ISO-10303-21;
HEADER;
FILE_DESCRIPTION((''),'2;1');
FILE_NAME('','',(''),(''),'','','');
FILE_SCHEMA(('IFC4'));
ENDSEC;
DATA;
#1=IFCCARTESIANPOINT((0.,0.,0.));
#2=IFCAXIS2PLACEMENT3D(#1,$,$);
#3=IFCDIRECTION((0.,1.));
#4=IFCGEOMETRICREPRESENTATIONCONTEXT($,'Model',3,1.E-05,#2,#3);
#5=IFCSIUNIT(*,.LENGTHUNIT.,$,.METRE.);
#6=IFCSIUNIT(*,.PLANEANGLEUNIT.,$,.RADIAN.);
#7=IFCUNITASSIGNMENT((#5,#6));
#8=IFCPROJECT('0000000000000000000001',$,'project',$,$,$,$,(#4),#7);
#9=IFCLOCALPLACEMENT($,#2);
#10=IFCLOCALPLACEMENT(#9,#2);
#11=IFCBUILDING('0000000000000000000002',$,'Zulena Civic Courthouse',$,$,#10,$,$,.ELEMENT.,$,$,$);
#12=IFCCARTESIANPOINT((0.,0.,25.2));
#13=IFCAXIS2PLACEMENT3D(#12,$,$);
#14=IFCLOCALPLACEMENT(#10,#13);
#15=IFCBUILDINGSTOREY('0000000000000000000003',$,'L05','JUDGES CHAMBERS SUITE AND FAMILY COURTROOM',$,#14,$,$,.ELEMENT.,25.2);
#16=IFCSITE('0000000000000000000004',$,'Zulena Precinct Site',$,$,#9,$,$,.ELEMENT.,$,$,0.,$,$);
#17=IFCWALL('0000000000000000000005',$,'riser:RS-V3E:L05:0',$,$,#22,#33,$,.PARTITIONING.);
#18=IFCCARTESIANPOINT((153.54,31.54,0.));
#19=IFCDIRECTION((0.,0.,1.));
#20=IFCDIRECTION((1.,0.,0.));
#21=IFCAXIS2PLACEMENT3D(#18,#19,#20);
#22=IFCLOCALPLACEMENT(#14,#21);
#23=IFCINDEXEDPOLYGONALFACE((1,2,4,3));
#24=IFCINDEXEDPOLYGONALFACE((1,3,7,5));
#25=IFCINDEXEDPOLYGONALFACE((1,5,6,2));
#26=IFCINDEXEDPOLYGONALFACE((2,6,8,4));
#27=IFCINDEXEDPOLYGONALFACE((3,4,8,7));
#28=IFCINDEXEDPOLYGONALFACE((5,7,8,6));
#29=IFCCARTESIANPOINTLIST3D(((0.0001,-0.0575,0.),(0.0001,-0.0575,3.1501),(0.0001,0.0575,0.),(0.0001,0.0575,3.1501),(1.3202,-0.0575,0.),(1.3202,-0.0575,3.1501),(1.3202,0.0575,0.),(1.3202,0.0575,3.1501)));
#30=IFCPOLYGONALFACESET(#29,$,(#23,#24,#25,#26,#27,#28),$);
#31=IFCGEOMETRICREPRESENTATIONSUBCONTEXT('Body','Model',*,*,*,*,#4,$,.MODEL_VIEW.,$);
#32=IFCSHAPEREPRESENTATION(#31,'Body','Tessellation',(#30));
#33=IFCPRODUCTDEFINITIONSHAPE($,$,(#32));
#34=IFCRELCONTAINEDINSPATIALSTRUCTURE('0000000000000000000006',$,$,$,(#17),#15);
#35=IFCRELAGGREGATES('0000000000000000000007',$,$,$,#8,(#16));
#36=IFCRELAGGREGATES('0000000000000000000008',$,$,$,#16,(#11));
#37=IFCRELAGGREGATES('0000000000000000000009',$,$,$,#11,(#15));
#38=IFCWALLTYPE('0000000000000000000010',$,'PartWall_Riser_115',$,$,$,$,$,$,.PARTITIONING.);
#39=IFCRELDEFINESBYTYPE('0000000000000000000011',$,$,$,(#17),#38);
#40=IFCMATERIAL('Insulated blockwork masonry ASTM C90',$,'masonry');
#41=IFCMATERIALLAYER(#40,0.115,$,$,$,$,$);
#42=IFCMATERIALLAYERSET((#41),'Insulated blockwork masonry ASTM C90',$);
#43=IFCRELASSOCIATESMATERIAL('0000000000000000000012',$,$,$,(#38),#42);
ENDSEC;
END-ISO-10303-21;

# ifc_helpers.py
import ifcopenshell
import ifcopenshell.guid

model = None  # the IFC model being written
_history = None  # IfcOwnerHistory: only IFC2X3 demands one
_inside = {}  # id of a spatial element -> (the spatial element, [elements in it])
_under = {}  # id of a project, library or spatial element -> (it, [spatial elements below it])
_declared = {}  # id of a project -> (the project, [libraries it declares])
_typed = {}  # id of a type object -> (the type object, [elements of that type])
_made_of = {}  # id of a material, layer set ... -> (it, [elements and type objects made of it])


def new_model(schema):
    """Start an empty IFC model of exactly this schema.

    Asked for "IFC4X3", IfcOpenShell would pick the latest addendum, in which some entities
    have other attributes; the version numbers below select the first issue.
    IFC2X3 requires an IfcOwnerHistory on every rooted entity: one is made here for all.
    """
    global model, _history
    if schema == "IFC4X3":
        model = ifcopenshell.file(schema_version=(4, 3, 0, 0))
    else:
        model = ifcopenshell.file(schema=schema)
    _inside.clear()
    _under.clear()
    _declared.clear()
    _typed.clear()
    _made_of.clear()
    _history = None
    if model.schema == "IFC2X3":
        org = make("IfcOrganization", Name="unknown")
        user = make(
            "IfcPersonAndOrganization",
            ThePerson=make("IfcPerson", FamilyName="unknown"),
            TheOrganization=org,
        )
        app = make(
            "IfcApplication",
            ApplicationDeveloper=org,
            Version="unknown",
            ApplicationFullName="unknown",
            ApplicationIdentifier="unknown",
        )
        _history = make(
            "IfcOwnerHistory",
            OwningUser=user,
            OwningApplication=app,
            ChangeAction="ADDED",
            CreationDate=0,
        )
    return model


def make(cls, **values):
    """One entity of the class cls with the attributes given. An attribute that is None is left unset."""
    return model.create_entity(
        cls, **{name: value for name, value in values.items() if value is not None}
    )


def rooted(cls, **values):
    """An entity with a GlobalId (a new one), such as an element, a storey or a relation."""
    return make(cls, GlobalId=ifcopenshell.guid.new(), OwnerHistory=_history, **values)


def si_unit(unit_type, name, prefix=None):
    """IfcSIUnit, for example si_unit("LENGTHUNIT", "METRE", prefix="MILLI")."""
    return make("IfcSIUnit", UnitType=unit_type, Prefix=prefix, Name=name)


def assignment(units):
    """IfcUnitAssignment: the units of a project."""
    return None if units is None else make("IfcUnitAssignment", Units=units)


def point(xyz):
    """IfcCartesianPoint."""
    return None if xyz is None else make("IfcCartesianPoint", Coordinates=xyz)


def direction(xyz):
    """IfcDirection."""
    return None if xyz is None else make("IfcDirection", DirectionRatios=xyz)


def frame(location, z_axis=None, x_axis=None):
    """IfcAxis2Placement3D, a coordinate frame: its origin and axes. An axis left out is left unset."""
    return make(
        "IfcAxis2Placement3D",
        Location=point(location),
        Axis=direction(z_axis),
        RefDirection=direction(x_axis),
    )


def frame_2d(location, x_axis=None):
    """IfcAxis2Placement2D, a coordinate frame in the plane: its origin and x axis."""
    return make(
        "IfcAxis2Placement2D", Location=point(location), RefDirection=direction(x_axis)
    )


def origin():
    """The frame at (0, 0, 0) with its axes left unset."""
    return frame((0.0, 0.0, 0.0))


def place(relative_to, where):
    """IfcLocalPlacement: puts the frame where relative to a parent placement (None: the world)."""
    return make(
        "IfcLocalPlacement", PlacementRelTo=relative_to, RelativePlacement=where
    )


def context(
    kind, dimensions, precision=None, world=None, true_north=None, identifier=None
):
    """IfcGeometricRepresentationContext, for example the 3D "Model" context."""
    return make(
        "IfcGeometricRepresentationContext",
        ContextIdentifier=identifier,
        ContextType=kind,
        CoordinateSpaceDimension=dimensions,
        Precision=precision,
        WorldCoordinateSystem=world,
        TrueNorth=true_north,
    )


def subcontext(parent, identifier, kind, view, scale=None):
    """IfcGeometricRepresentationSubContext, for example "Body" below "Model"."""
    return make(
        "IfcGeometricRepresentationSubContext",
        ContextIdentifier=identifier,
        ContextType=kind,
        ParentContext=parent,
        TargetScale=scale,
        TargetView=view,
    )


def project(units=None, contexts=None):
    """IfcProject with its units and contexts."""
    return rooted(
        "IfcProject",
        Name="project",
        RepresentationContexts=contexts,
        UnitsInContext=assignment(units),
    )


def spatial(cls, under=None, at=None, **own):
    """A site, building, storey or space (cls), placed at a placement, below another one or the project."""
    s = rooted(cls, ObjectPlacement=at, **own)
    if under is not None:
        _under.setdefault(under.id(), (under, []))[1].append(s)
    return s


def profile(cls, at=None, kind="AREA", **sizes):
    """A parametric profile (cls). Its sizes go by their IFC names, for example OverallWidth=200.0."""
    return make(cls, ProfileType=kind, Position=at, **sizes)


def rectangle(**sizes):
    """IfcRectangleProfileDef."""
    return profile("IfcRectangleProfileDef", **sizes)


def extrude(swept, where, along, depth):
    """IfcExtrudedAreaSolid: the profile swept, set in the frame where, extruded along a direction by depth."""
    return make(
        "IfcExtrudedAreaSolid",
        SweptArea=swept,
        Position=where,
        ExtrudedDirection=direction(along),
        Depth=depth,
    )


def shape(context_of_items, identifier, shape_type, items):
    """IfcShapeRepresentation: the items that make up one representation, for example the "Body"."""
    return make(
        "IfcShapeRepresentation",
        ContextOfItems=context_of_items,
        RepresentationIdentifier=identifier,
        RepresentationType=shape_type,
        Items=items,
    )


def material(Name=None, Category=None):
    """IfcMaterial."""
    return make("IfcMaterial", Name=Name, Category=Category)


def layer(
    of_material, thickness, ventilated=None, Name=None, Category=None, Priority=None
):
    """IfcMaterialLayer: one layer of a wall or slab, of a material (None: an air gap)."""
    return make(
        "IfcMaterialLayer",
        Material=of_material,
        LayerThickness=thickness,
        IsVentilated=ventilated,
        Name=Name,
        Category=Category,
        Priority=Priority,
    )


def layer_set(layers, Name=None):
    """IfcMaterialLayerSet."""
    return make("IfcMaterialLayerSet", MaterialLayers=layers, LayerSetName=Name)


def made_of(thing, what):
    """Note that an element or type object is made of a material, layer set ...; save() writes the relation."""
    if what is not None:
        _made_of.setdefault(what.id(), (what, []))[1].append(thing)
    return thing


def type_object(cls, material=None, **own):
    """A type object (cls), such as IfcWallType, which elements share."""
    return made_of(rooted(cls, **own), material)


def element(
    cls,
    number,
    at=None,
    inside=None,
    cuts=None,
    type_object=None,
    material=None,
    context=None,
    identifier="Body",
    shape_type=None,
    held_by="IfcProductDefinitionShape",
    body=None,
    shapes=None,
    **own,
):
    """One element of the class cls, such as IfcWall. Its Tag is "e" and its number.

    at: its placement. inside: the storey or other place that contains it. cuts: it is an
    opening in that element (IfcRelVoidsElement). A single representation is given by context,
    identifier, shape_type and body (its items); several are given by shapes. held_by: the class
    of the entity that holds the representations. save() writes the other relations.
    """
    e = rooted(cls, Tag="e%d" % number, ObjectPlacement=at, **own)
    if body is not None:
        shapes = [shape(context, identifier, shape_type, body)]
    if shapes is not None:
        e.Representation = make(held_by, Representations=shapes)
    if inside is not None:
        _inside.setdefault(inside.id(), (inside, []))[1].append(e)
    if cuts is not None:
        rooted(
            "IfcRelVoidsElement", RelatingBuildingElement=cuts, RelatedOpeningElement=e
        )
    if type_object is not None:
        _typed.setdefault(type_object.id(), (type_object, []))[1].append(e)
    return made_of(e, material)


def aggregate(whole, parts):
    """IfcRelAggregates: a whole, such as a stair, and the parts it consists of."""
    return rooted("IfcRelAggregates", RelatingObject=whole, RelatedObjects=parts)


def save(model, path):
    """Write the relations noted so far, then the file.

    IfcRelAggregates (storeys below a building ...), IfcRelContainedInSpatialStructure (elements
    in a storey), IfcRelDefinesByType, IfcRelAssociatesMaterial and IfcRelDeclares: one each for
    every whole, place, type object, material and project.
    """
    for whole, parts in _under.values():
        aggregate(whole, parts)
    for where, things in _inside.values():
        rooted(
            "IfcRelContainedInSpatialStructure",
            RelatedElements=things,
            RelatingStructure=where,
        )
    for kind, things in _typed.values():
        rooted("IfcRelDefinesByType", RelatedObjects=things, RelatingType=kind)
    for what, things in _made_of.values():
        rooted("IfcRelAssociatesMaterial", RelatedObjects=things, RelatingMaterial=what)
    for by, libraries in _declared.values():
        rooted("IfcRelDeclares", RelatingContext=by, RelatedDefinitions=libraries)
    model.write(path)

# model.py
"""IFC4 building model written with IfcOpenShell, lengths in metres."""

from ifc_helpers import new_model, si_unit, direction, frame, frame_2d, origin, place, context, subcontext, project, spatial, rectangle, extrude, material, layer, layer_set, type_object, element, save


model = new_model("IFC4")

# Units and contexts
model_context = context("Model", 3, precision=1e-05, world=origin(), true_north=direction((0.0, 1.0)))
body_context = subcontext(model_context, "Body", "Model", "MODEL_VIEW")
ifc_project = project(units=[si_unit("LENGTHUNIT", "METRE"), si_unit("PLANEANGLEUNIT", "RADIAN")], contexts=[model_context])

# Site, building, storey
site_placement = place(None, origin())
site = spatial("IfcSite", under=ifc_project, at=site_placement, Name="Zulena Precinct Site", CompositionType="ELEMENT", RefElevation=0.0)
building_placement = place(site_placement, origin())
building = spatial("IfcBuilding", under=site, at=building_placement, Name="Zulena Civic Courthouse", CompositionType="ELEMENT")
storey_placement = place(building_placement, frame((0.0, 0.0, 25.2)))
storey = spatial("IfcBuildingStorey", under=building, at=storey_placement, Name="L05", Description="JUDGES CHAMBERS SUITE AND FAMILY COURTROOM", CompositionType="ELEMENT", Elevation=25.2)

# Wall
ifc_material_1 = material(Name="Insulated blockwork masonry ASTM C90", Category="masonry")
ifc_layer_1 = layer(ifc_material_1, 0.115)
ifc_layer_set_1 = layer_set([ifc_layer_1], Name="Insulated blockwork masonry ASTM C90")
wall_type_1 = type_object("IfcWallType", Name="PartWall_Riser_115", PredefinedType="PARTITIONING", material=ifc_layer_set_1)
for number, where, z_axis, x_axis, name in (
    (1, (153.54, 31.54, 0.0), (0.0, 0.0, 1.0), (1.0, 0.0, 0.0), "riser:RS-V3E:L05:0"),
):
    element("IfcWall", number, at=place(storey_placement, frame(where, z_axis=z_axis, x_axis=x_axis)), inside=storey, type_object=wall_type_1, Name=name, PredefinedType="PARTITIONING", context=body_context, shape_type="SweptSolid", body=[
        extrude(rectangle(XDim=1.3201, YDim=0.115, at=frame_2d((0.6602, 0.0))), origin(), (0.0, 0.0, 1.0), 3.1501),
    ])

save(model, "model.ifc")
